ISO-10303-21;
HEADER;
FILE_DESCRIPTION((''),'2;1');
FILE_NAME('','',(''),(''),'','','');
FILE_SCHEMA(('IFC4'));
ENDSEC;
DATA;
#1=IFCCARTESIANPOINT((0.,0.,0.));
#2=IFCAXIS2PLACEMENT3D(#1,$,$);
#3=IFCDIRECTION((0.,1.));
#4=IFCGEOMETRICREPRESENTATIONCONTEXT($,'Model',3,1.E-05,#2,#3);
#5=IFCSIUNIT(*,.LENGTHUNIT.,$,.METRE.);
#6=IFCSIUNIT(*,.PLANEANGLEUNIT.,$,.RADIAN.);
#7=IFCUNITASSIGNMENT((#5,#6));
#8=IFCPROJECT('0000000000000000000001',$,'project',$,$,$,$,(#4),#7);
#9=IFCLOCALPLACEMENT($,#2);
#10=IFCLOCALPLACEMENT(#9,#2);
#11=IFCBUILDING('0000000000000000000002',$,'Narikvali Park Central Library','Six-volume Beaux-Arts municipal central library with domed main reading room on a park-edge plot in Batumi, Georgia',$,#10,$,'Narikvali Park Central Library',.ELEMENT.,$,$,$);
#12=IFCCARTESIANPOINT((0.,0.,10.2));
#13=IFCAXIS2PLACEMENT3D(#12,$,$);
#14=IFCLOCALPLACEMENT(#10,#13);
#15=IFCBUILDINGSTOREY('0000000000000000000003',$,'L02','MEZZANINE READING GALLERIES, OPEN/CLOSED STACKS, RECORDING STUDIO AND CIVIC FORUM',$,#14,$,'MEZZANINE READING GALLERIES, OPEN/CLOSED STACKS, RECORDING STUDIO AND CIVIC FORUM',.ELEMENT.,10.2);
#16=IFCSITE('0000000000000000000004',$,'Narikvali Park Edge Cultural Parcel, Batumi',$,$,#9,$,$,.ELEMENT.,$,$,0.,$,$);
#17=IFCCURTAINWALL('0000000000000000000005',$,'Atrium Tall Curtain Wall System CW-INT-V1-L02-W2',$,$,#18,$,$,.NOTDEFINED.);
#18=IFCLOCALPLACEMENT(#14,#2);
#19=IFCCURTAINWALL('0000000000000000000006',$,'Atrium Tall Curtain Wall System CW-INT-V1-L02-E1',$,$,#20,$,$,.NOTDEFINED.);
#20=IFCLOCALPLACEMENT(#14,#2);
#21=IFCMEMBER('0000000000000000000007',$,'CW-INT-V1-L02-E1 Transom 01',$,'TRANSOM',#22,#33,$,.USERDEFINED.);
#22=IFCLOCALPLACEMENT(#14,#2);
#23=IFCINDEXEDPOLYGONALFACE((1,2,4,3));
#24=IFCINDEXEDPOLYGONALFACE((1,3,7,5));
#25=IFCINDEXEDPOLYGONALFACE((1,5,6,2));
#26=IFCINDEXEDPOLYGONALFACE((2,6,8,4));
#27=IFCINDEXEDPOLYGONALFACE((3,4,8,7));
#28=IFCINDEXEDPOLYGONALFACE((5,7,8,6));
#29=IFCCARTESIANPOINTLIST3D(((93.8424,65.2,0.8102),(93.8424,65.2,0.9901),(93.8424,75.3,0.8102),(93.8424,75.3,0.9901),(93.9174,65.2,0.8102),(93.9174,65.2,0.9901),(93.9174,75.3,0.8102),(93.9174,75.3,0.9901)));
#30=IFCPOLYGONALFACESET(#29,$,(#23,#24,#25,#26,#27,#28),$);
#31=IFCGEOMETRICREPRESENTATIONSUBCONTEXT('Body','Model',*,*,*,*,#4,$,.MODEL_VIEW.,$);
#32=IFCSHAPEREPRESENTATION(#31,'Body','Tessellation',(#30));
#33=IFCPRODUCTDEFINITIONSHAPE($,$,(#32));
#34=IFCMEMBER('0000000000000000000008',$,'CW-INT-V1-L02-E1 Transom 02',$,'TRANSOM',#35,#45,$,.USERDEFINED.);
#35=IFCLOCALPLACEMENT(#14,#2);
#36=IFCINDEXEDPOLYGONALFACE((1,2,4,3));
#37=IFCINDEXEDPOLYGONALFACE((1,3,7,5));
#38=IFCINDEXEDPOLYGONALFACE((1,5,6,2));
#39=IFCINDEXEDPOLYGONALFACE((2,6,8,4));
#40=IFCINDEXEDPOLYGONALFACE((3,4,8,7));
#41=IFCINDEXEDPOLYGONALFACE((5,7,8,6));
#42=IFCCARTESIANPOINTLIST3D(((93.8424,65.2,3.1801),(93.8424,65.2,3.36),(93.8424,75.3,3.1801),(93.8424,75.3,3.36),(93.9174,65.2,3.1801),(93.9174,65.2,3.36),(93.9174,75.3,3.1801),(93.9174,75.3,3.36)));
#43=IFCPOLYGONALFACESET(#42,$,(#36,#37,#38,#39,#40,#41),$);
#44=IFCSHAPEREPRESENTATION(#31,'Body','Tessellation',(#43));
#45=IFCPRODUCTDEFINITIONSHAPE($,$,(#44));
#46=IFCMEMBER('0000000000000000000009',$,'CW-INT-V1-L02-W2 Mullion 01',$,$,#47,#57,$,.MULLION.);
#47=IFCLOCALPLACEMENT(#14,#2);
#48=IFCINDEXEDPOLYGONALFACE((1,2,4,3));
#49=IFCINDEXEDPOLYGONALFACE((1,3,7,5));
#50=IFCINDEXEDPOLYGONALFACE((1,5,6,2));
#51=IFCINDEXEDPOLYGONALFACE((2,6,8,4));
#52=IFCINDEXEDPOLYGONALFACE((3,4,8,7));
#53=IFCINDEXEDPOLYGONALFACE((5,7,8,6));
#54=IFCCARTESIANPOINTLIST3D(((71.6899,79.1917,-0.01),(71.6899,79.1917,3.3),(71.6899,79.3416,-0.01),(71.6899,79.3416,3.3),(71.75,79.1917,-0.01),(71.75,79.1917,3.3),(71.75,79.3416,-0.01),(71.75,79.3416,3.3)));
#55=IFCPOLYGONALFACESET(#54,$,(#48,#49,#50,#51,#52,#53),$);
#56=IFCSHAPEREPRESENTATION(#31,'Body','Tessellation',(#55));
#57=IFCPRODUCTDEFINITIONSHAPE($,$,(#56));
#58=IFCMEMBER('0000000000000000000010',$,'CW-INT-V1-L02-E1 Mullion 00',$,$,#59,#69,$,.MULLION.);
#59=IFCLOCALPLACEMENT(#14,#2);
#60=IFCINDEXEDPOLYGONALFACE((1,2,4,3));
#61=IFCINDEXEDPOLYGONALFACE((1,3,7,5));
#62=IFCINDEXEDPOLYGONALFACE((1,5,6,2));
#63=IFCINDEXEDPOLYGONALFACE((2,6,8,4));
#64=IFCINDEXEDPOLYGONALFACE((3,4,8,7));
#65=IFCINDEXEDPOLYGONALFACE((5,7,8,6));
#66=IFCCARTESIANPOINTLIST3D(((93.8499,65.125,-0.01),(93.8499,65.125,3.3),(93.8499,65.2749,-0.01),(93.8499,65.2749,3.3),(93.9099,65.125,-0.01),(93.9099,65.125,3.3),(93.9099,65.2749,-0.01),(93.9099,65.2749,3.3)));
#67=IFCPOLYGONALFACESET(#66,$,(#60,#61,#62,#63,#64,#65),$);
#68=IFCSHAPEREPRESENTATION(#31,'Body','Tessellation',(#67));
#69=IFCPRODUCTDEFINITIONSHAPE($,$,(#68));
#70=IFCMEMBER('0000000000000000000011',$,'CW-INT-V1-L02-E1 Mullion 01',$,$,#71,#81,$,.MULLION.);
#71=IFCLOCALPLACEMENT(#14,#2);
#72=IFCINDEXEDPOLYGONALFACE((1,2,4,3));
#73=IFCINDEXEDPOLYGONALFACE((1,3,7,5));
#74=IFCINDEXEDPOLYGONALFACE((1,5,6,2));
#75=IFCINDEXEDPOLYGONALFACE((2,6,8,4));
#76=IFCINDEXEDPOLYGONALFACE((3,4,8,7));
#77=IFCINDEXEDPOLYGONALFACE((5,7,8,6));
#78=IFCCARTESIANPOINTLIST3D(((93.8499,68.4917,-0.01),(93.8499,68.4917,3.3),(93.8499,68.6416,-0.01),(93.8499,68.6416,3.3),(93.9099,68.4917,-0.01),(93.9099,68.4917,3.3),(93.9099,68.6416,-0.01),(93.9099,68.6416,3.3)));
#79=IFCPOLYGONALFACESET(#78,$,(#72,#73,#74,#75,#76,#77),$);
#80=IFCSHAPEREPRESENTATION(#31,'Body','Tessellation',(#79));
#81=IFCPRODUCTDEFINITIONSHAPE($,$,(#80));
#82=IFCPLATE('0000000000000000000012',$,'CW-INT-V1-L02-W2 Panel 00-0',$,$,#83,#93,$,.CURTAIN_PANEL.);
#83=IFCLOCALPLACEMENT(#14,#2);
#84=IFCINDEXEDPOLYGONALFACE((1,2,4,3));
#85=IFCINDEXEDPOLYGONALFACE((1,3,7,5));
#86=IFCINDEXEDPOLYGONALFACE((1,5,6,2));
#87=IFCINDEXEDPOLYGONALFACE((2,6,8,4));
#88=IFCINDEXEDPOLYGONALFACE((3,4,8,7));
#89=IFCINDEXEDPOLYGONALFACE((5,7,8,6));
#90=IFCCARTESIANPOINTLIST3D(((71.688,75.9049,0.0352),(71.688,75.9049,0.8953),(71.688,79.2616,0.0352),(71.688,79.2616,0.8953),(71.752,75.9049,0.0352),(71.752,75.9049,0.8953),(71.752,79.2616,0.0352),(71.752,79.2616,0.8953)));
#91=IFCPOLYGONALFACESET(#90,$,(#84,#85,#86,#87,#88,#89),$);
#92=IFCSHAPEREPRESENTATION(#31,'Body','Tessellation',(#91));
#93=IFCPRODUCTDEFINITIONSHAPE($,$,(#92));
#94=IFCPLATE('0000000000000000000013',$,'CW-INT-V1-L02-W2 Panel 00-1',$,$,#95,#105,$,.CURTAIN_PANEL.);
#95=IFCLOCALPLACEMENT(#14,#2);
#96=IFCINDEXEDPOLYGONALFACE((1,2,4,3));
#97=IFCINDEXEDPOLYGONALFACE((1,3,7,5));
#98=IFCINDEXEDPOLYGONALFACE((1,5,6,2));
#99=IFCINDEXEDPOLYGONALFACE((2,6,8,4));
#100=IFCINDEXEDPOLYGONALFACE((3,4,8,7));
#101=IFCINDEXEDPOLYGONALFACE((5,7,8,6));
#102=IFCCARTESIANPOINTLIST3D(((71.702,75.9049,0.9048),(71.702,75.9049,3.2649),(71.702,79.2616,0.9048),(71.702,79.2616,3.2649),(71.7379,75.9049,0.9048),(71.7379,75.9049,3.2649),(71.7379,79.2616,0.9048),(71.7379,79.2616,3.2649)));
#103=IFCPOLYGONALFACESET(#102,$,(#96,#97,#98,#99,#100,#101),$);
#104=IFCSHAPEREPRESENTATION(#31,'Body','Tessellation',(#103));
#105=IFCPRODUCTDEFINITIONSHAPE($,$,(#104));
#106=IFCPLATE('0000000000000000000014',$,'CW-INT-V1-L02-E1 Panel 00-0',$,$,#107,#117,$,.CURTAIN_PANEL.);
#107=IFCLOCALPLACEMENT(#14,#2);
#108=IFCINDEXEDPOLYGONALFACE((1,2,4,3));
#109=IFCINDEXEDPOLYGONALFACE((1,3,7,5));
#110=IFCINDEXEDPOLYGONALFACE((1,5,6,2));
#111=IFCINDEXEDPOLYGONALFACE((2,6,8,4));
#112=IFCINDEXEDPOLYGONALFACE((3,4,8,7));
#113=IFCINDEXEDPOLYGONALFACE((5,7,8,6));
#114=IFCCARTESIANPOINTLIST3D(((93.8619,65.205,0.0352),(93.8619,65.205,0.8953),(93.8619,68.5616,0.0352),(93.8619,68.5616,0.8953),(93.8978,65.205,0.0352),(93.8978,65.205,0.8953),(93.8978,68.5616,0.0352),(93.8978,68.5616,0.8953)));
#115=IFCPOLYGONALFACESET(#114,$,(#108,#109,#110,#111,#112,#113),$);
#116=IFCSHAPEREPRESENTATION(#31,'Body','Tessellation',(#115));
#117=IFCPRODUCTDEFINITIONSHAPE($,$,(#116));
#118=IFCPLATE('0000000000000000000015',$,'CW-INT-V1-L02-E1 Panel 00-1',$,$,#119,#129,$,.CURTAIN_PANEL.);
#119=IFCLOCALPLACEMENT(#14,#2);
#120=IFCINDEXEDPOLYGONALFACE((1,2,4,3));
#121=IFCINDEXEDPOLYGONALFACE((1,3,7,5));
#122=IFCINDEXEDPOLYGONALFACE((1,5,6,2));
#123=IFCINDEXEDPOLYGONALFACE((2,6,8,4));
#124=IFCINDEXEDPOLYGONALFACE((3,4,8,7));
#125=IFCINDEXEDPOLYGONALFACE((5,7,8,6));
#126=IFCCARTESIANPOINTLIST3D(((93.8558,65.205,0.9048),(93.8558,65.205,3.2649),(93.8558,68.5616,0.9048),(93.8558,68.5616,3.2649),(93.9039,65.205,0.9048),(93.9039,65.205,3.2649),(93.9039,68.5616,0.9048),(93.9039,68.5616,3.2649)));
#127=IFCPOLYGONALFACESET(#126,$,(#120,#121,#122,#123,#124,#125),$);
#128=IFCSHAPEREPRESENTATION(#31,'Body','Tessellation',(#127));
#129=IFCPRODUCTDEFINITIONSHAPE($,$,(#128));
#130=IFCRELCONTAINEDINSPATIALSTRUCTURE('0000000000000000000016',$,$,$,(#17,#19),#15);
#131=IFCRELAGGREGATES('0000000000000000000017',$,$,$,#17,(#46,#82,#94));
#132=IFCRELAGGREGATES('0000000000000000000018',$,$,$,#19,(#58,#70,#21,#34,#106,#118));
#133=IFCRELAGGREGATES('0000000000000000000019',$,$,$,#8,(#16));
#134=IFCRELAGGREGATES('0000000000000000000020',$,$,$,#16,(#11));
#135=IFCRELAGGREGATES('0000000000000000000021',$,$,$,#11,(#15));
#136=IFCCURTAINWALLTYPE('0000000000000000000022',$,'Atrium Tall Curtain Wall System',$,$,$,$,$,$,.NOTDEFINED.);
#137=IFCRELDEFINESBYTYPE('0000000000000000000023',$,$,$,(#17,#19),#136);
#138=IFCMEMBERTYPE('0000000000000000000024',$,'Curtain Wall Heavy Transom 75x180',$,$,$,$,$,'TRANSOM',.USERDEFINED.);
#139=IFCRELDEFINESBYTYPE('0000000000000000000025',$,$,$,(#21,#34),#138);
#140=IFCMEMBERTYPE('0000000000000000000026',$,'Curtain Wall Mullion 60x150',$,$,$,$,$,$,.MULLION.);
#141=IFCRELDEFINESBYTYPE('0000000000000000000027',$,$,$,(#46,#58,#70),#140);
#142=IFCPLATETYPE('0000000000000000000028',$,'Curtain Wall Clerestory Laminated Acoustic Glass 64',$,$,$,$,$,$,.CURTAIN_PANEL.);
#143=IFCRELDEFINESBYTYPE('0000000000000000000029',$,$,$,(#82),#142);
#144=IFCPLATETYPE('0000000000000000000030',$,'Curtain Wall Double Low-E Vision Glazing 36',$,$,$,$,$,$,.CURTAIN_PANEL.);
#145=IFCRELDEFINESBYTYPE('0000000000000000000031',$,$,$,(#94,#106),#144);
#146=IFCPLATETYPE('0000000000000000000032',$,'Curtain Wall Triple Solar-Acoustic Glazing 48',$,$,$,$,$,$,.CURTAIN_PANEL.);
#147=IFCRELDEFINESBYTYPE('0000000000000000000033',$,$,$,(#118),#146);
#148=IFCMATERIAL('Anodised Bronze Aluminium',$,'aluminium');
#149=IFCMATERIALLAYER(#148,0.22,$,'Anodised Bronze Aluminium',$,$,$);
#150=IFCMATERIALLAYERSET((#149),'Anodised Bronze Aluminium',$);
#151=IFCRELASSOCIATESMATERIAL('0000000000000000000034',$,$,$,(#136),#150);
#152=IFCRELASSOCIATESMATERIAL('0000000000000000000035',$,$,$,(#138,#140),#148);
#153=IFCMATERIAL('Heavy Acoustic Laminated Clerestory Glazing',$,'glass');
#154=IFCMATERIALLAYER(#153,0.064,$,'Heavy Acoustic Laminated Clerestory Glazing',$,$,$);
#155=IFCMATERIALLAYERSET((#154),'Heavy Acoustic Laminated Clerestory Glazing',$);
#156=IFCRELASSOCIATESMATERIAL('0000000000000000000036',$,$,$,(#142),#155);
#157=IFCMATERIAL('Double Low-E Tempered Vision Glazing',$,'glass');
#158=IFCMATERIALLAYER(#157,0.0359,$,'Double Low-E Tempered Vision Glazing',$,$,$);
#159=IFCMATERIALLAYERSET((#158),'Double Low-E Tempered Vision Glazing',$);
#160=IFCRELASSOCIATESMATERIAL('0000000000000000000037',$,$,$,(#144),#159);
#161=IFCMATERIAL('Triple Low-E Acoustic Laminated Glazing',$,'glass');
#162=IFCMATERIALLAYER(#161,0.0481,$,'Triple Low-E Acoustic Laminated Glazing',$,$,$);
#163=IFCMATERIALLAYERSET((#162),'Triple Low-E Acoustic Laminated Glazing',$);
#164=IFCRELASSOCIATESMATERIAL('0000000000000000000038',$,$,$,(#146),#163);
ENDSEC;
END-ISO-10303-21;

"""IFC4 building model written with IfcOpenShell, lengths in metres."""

from ifc_helpers import new_model, si_unit, direction, frame, origin, origin_2d, place, context, subcontext, project, spatial, rectangle, extrude, material, layer, layer_set, material_profile, profile_set, type_object, element, aggregate, save


model = new_model("IFC4")

# Units and contexts
model_context = context("Model", 3, precision=1e-05, world=origin(), true_north=direction((0.0, 1.0)))
body_context = subcontext(model_context, "Body", "Model", "MODEL_VIEW")
ifc_project = project(units=[si_unit("LENGTHUNIT", "METRE"), si_unit("PLANEANGLEUNIT", "RADIAN")], contexts=[model_context])

# Site, building, storey
site_placement = place(None, origin())
site = spatial("IfcSite", under=ifc_project, at=site_placement, Name="Narikvali Park Edge Cultural Parcel, Batumi", CompositionType="ELEMENT", RefElevation=0.0)
building_placement = place(site_placement, origin())
building = spatial("IfcBuilding", under=site, at=building_placement, Name="Narikvali Park Central Library", Description="Six-volume Beaux-Arts municipal central library with domed main reading room on a park-edge plot in Batumi, Georgia", LongName="Narikvali Park Central Library", CompositionType="ELEMENT")
storey_placement = place(building_placement, frame((0.0, 0.0, 10.2)))
storey = spatial("IfcBuildingStorey", under=building, at=storey_placement, Name="L02", Description="MEZZANINE READING GALLERIES, OPEN/CLOSED STACKS, RECORDING STUDIO AND CIVIC FORUM", LongName="MEZZANINE READING GALLERIES, OPEN/CLOSED STACKS, RECORDING STUDIO AND CIVIC FORUM", CompositionType="ELEMENT", Elevation=10.2)

# Curtain walls, members
ifc_material_1 = material(Name="Anodised Bronze Aluminium", Category="aluminium")
ifc_layer_1 = layer(ifc_material_1, 0.22, Name="Anodised Bronze Aluminium")
ifc_layer_set_1 = layer_set([ifc_layer_1], Name="Anodised Bronze Aluminium")
curtain_wall_type = type_object("IfcCurtainWallType", Name="Atrium Tall Curtain Wall System", PredefinedType="NOTDEFINED", material=ifc_layer_set_1)
curtain_wall_1_placement = place(storey_placement, origin())
curtain_wall_1 = element("IfcCurtainWall", 1, at=curtain_wall_1_placement, inside=storey, type_object=curtain_wall_type, Name="Atrium Tall Curtain Wall System CW-INT-V1-L02-W2", PredefinedType="NOTDEFINED")
ifc_material_profile_1 = material_profile(ifc_material_1, rectangle(XDim=0.075, YDim=0.1799, at=origin_2d()), Name="CW TRANSOM 75x180")
ifc_profile_set_1 = profile_set([ifc_material_profile_1], Name="Anodised Bronze Aluminium")
member_type_1 = type_object("IfcMemberType", Name="Curtain Wall Heavy Transom 75x180", ElementType="TRANSOM", PredefinedType="USERDEFINED", material=ifc_profile_set_1)
curtain_wall_2_placement = place(storey_placement, origin())
curtain_wall_2 = element("IfcCurtainWall", 2, at=curtain_wall_2_placement, inside=storey, type_object=curtain_wall_type, Name="Atrium Tall Curtain Wall System CW-INT-V1-L02-E1", PredefinedType="NOTDEFINED")
member_1_placement = place(storey_placement, frame((93.8799, 65.2, 0.9001), z_axis=(0.0, 1.0, 0.0), x_axis=(-1.0, 0.0, 0.0)))
member_1 = element("IfcMember", 3, at=member_1_placement, type_object=member_type_1, Name="CW-INT-V1-L02-E1 Transom 01", ObjectType="TRANSOM", PredefinedType="USERDEFINED", context=body_context, shape_type="SweptSolid", body=[
    extrude(rectangle(XDim=0.075, YDim=0.1799, at=origin_2d()), origin(), (0.0, 0.0, 1.0), 10.1001),
])
member_2_placement = place(storey_placement, frame((93.8799, 65.2, 3.27), z_axis=(0.0, 1.0, 0.0), x_axis=(-1.0, 0.0, 0.0)))
member_2 = element("IfcMember", 4, at=member_2_placement, type_object=member_type_1, Name="CW-INT-V1-L02-E1 Transom 02", ObjectType="TRANSOM", PredefinedType="USERDEFINED", context=body_context, shape_type="SweptSolid", body=[
    extrude(rectangle(XDim=0.075, YDim=0.1799, at=origin_2d()), origin(), (0.0, 0.0, 1.0), 10.1001),
])

# Members
ifc_material_profile_2 = material_profile(ifc_material_1, rectangle(XDim=0.0601, YDim=0.1499, at=origin_2d()), Name="CW MULLION 60x150")
ifc_profile_set_2 = profile_set([ifc_material_profile_2], Name="Anodised Bronze Aluminium")
member_type_2 = type_object("IfcMemberType", Name="Curtain Wall Mullion 60x150", PredefinedType="MULLION", material=ifc_profile_set_2)
member_3_placement = place(storey_placement, frame((71.72, 79.2666, -0.01), z_axis=(0.0, 0.0, 1.0), x_axis=(1.0, 0.0, 0.0)))
member_3 = element("IfcMember", 5, at=member_3_placement, type_object=member_type_2, Name="CW-INT-V1-L02-W2 Mullion 01", PredefinedType="MULLION", context=body_context, shape_type="SweptSolid", body=[
    extrude(rectangle(XDim=0.0601, YDim=0.1499, at=origin_2d()), origin(), (0.0, 0.0, 1.0), 3.3101),
])
member_4_placement = place(storey_placement, frame((93.8799, 65.2, -0.01), z_axis=(0.0, 0.0, 1.0), x_axis=(1.0, 0.0, 0.0)))
member_4 = element("IfcMember", 6, at=member_4_placement, type_object=member_type_2, Name="CW-INT-V1-L02-E1 Mullion 00", PredefinedType="MULLION", context=body_context, shape_type="SweptSolid", body=[
    extrude(rectangle(XDim=0.0601, YDim=0.1499, at=origin_2d()), origin(), (0.0, 0.0, 1.0), 3.3101),
])
member_5_placement = place(storey_placement, frame((93.8799, 68.5667, -0.01), z_axis=(0.0, 0.0, 1.0), x_axis=(1.0, 0.0, 0.0)))
member_5 = element("IfcMember", 7, at=member_5_placement, type_object=member_type_2, Name="CW-INT-V1-L02-E1 Mullion 01", PredefinedType="MULLION", context=body_context, shape_type="SweptSolid", body=[
    extrude(rectangle(XDim=0.0601, YDim=0.1499, at=origin_2d()), origin(), (0.0, 0.0, 1.0), 3.3101),
])

# Plates
ifc_material_2 = material(Name="Heavy Acoustic Laminated Clerestory Glazing", Category="glass")
ifc_layer_2 = layer(ifc_material_2, 0.064, Name="Heavy Acoustic Laminated Clerestory Glazing")
ifc_layer_set_2 = layer_set([ifc_layer_2], Name="Heavy Acoustic Laminated Clerestory Glazing")
plate_type_1 = type_object("IfcPlateType", Name="Curtain Wall Clerestory Laminated Acoustic Glass 64", PredefinedType="CURTAIN_PANEL", material=ifc_layer_set_2)
plate_1_placement = place(storey_placement, frame((71.72, 77.5833, 0.0352), z_axis=(0.0, 0.0, 1.0), x_axis=(0.0, 1.0, 0.0)))
plate_1 = element("IfcPlate", 8, at=plate_1_placement, type_object=plate_type_1, Name="CW-INT-V1-L02-W2 Panel 00-0", PredefinedType="CURTAIN_PANEL", context=body_context, shape_type="SweptSolid", body=[
    extrude(rectangle(XDim=3.3567, YDim=0.064, at=origin_2d()), origin(), (0.0, 0.0, 1.0), 0.8601),
])
ifc_material_3 = material(Name="Double Low-E Tempered Vision Glazing", Category="glass")
ifc_layer_3 = layer(ifc_material_3, 0.0359, Name="Double Low-E Tempered Vision Glazing")
ifc_layer_set_3 = layer_set([ifc_layer_3], Name="Double Low-E Tempered Vision Glazing")
plate_type_2 = type_object("IfcPlateType", Name="Curtain Wall Double Low-E Vision Glazing 36", PredefinedType="CURTAIN_PANEL", material=ifc_layer_set_3)
plate_2_placement = place(storey_placement, frame((71.72, 77.5833, 0.9048), z_axis=(0.0, 0.0, 1.0), x_axis=(0.0, 1.0, 0.0)))
plate_2 = element("IfcPlate", 9, at=plate_2_placement, type_object=plate_type_2, Name="CW-INT-V1-L02-W2 Panel 00-1", PredefinedType="CURTAIN_PANEL", context=body_context, shape_type="SweptSolid", body=[
    extrude(rectangle(XDim=3.3567, YDim=0.0359, at=origin_2d()), origin(), (0.0, 0.0, 1.0), 2.3601),
])
aggregate(curtain_wall_1, [member_3, plate_1, plate_2])
plate_3_placement = place(storey_placement, frame((93.8799, 66.8833, 0.0352), z_axis=(0.0, 0.0, 1.0), x_axis=(0.0, 1.0, 0.0)))
plate_3 = element("IfcPlate", 10, at=plate_3_placement, type_object=plate_type_2, Name="CW-INT-V1-L02-E1 Panel 00-0", PredefinedType="CURTAIN_PANEL", context=body_context, shape_type="SweptSolid", body=[
    extrude(rectangle(XDim=3.3567, YDim=0.0359, at=origin_2d()), origin(), (0.0, 0.0, 1.0), 0.8601),
])
ifc_material_4 = material(Name="Triple Low-E Acoustic Laminated Glazing", Category="glass")
ifc_layer_4 = layer(ifc_material_4, 0.0481, Name="Triple Low-E Acoustic Laminated Glazing")
ifc_layer_set_4 = layer_set([ifc_layer_4], Name="Triple Low-E Acoustic Laminated Glazing")
plate_type_3 = type_object("IfcPlateType", Name="Curtain Wall Triple Solar-Acoustic Glazing 48", PredefinedType="CURTAIN_PANEL", material=ifc_layer_set_4)
plate_4_placement = place(storey_placement, frame((93.8799, 66.8833, 0.9048), z_axis=(0.0, 0.0, 1.0), x_axis=(0.0, 1.0, 0.0)))
plate_4 = element("IfcPlate", 11, at=plate_4_placement, type_object=plate_type_3, Name="CW-INT-V1-L02-E1 Panel 00-1", PredefinedType="CURTAIN_PANEL", context=body_context, shape_type="SweptSolid", body=[
    extrude(rectangle(XDim=3.3567, YDim=0.0481, at=origin_2d()), origin(), (0.0, 0.0, 1.0), 2.3601),
])
aggregate(curtain_wall_2, [member_4, member_5, member_1, member_2, plate_3, plate_4])

save(model, "model.ifc")
